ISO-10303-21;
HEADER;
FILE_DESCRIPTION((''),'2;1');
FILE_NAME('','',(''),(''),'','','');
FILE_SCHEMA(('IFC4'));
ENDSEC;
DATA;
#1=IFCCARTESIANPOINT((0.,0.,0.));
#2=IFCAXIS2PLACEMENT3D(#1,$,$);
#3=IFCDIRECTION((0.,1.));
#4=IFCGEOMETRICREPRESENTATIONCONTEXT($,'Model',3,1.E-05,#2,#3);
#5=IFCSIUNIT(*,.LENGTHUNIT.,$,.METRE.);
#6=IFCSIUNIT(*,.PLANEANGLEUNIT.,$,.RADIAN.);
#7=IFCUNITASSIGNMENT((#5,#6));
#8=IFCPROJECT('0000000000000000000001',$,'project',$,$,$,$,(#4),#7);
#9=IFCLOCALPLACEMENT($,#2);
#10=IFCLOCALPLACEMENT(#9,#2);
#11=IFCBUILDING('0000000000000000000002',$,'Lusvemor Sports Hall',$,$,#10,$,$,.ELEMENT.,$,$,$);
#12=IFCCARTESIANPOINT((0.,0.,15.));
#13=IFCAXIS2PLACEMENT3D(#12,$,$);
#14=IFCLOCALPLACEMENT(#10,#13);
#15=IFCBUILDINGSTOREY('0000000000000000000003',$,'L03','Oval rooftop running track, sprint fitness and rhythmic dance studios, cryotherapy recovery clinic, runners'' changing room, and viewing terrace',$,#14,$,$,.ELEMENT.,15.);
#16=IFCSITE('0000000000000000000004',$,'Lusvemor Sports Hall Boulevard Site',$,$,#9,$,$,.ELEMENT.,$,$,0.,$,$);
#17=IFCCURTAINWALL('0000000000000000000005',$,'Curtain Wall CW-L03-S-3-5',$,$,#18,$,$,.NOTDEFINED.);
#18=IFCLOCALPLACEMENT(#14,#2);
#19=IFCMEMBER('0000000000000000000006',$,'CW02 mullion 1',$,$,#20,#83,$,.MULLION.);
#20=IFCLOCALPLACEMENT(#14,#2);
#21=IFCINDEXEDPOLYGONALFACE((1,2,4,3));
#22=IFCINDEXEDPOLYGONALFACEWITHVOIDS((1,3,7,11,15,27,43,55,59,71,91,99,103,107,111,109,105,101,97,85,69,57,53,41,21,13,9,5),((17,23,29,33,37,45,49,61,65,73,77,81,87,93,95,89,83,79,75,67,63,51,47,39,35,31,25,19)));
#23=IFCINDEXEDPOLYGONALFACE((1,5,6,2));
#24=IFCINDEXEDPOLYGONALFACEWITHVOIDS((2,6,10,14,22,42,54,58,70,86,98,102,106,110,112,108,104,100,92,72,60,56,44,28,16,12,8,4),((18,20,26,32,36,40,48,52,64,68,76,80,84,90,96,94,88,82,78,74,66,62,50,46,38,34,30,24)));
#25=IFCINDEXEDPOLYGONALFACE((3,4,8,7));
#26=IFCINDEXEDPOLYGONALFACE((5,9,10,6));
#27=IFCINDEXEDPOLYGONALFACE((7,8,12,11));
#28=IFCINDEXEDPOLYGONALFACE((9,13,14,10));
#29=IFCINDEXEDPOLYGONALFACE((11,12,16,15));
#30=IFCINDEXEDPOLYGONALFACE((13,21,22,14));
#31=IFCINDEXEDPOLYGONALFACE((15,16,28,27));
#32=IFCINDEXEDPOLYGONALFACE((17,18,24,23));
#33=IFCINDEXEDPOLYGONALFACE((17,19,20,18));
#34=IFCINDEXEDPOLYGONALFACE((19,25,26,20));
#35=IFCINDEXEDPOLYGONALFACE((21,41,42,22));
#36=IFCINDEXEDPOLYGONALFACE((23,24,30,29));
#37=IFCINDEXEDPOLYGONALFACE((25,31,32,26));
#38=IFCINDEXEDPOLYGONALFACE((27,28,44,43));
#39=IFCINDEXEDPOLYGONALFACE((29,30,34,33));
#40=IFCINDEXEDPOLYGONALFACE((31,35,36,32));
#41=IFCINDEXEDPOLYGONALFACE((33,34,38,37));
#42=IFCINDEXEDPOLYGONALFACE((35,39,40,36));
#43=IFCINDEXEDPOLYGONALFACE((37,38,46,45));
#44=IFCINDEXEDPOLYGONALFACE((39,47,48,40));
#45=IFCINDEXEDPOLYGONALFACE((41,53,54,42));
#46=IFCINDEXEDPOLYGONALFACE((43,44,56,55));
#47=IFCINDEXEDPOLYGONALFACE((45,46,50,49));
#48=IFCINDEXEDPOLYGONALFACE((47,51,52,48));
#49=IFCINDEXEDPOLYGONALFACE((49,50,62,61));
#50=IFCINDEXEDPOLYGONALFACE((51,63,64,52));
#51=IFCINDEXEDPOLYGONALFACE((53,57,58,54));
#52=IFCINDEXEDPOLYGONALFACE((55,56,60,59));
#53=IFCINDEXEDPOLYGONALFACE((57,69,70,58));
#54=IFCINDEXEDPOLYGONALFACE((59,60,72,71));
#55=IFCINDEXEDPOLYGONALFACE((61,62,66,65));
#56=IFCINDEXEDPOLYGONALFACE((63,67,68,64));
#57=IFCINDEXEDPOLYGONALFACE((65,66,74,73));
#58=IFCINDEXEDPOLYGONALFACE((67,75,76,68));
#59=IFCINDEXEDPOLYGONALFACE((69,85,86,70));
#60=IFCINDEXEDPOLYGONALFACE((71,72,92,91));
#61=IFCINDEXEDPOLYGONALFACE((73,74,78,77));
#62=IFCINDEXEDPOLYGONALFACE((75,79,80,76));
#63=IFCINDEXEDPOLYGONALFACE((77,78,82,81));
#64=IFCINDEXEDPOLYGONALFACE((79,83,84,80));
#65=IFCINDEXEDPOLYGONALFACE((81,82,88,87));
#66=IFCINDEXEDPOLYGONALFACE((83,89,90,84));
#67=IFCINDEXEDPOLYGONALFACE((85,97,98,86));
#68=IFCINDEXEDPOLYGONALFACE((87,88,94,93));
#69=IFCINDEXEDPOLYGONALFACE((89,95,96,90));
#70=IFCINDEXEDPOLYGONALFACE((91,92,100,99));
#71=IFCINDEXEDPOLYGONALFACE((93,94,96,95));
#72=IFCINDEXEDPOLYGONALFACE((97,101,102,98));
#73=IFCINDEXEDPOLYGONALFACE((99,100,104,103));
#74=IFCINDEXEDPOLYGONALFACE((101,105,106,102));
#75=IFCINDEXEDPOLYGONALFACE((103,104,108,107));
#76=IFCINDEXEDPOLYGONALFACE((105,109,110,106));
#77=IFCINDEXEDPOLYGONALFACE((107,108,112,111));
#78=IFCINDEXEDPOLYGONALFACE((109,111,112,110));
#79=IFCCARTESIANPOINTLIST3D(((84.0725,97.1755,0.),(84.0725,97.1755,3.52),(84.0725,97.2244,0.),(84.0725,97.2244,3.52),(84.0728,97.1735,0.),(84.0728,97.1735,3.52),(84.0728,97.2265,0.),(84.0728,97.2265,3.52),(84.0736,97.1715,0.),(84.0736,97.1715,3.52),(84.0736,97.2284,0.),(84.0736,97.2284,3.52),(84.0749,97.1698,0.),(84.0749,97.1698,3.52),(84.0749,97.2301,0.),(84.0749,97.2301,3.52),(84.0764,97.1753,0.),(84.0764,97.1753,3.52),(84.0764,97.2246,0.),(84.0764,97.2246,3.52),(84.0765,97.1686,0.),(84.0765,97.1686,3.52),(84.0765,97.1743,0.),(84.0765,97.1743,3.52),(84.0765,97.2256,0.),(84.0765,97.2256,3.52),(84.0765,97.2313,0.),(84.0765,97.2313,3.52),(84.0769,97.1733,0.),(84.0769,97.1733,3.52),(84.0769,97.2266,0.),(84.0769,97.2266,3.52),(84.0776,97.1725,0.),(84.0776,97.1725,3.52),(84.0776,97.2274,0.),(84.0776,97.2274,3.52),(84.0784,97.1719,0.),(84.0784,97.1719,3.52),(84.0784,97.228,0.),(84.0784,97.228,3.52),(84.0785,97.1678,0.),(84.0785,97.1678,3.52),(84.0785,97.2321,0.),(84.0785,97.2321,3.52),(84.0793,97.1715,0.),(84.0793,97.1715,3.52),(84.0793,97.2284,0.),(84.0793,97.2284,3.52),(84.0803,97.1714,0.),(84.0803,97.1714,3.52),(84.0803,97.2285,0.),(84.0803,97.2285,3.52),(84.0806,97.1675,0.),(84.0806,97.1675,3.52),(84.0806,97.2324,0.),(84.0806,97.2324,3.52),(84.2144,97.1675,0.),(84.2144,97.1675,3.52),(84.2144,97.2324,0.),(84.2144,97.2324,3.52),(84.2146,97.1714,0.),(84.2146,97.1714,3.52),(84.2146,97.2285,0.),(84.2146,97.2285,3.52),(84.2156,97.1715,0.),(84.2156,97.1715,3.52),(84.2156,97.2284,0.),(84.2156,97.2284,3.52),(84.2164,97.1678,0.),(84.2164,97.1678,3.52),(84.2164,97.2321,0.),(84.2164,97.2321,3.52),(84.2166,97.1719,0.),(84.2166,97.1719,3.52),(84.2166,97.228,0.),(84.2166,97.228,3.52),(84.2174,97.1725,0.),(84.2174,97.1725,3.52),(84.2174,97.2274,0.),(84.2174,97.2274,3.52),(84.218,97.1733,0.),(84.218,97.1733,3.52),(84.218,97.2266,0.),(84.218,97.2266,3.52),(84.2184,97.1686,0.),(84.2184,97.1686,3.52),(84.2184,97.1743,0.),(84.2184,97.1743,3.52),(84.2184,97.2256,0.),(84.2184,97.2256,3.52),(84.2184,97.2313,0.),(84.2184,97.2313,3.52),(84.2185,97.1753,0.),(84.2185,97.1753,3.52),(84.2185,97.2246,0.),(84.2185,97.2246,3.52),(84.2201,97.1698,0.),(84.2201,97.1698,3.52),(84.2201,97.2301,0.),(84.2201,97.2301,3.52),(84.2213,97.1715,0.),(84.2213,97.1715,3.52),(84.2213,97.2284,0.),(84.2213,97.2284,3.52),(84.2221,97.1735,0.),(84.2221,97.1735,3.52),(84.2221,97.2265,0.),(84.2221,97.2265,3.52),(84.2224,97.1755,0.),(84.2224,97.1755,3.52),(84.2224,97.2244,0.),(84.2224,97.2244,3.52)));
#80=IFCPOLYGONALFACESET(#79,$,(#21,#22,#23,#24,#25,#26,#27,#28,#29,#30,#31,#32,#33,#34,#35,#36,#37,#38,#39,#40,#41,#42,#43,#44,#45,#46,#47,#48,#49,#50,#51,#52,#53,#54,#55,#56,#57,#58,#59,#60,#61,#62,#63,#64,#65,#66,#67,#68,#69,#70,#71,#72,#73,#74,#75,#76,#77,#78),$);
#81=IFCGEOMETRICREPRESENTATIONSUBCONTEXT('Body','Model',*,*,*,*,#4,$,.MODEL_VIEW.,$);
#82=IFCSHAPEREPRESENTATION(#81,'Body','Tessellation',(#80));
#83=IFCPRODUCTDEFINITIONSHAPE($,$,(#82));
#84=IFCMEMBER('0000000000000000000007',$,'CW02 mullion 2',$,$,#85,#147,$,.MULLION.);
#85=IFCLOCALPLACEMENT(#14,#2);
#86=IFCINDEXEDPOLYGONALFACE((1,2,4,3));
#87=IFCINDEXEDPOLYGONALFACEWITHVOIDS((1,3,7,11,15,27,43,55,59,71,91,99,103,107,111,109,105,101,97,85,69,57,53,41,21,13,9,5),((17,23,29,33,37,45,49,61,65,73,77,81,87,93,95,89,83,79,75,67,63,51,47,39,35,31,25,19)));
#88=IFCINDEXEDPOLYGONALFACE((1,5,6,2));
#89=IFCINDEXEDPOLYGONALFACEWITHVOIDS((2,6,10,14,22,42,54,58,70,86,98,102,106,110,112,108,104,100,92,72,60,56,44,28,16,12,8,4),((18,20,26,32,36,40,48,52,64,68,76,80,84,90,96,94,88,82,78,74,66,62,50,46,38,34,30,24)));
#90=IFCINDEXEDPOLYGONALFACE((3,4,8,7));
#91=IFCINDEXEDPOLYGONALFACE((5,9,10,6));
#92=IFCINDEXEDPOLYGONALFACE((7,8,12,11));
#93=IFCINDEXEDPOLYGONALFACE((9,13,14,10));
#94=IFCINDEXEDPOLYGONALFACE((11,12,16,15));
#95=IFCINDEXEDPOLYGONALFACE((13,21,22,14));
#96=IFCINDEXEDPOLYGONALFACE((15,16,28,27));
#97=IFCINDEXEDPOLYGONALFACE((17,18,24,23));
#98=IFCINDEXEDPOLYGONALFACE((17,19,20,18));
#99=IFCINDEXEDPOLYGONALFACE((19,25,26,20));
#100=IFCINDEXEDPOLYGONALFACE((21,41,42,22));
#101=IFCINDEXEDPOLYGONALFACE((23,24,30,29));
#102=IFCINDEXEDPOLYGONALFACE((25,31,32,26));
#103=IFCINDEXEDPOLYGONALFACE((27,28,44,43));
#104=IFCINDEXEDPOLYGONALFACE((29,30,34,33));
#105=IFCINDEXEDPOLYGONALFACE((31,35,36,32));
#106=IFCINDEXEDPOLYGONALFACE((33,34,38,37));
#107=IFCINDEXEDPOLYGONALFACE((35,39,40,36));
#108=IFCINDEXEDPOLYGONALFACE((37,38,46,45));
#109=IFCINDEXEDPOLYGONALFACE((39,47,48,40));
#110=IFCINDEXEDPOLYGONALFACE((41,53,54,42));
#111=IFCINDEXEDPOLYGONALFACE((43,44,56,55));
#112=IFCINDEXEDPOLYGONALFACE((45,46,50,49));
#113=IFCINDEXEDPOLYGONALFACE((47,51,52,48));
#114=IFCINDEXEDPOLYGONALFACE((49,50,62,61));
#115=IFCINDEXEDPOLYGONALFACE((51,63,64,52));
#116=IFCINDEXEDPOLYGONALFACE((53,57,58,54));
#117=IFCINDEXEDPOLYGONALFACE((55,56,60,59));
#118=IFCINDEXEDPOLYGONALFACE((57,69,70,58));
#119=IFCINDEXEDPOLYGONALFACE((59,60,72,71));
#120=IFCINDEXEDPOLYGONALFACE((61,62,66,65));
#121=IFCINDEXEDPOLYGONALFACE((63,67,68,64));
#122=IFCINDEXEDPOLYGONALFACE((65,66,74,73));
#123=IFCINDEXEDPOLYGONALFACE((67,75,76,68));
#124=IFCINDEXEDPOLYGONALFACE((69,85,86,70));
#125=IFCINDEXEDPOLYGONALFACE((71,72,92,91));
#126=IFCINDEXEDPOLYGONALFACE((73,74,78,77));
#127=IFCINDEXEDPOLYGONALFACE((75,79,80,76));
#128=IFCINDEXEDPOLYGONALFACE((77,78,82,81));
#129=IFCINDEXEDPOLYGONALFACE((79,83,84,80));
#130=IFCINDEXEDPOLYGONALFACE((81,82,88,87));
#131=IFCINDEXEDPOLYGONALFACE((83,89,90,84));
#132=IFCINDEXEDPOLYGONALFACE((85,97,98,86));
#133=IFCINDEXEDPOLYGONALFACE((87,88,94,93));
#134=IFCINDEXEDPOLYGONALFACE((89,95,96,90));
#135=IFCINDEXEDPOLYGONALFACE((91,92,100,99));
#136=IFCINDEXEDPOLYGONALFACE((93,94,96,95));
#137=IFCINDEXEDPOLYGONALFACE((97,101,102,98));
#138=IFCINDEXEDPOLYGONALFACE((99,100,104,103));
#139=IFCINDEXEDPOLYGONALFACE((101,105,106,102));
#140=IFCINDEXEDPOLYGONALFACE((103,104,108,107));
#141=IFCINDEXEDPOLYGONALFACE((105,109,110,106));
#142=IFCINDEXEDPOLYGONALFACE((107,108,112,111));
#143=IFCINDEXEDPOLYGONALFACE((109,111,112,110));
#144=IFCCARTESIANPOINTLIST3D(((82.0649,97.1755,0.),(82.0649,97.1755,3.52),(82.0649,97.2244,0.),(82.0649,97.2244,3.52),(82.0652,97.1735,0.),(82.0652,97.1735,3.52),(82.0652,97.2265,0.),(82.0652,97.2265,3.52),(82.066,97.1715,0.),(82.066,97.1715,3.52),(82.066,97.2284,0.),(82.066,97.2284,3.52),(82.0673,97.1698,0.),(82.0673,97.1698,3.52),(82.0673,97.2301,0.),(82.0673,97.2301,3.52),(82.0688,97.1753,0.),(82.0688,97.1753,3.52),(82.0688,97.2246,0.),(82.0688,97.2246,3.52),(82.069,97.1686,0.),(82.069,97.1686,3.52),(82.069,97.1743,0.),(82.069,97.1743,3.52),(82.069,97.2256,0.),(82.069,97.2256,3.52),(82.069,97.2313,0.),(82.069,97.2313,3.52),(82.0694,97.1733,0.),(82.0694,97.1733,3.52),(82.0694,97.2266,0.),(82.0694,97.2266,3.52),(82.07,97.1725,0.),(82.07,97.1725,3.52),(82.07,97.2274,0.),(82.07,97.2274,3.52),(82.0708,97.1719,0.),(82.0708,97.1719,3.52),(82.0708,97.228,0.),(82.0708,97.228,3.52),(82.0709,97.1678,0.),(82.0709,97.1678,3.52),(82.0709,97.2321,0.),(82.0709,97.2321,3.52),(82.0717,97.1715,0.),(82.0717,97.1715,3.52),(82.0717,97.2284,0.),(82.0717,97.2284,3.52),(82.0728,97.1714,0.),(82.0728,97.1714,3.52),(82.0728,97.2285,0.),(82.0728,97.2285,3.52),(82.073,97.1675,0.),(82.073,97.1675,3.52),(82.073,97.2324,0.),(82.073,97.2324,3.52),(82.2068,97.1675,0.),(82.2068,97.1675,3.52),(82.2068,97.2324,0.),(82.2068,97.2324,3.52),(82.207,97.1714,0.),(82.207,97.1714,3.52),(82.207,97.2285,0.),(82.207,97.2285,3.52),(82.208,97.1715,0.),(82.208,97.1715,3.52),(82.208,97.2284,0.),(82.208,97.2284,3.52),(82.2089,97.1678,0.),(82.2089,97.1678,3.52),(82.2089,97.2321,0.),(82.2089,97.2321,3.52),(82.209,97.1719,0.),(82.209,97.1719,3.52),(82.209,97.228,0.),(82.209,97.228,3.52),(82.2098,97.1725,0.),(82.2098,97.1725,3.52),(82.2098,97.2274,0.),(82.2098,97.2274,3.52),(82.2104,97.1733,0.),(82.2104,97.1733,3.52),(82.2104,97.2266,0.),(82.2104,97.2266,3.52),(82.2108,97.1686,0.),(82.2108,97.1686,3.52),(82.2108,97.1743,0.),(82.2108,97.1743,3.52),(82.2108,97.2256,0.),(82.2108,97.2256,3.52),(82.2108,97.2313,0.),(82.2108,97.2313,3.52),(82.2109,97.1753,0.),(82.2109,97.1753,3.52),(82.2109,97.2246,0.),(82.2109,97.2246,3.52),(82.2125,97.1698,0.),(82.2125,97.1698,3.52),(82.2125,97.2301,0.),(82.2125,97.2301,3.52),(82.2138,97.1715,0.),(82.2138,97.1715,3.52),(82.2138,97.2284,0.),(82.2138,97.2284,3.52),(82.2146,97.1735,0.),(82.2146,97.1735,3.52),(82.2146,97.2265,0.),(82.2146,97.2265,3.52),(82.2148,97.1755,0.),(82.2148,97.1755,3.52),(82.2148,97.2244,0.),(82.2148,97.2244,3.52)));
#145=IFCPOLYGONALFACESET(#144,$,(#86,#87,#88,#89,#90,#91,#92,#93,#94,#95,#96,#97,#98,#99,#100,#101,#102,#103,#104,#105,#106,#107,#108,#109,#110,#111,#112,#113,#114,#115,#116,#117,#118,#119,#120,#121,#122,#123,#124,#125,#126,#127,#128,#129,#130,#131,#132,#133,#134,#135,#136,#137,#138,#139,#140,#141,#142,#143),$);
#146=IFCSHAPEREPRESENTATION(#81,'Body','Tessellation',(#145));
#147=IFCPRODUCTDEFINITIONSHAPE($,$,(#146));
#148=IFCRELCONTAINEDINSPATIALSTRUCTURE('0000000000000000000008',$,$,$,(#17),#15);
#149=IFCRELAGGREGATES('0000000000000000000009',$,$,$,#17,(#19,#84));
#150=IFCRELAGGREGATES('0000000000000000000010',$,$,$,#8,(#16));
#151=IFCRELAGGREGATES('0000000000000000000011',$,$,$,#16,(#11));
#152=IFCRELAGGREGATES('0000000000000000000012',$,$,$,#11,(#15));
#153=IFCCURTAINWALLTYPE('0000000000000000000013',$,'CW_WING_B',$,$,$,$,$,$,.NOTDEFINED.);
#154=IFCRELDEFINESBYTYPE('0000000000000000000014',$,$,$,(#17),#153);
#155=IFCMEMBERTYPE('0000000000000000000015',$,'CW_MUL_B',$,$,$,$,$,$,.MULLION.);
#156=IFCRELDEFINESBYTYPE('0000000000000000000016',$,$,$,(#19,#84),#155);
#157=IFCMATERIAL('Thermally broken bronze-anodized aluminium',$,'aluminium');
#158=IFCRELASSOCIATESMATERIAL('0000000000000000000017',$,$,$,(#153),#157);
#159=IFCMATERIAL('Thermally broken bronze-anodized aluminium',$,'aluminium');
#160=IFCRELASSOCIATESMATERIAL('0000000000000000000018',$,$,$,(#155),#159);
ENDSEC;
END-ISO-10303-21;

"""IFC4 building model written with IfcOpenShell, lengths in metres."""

from ifc_helpers import new_model, si_unit, direction, frame, origin, origin_2d, place, context, subcontext, project, spatial, hollow_rectangle, extrude, material, material_profile, profile_set, type_object, element, aggregate, save


model = new_model("IFC4")

# Units and contexts
model_context = context("Model", 3, precision=1e-05, world=origin(), true_north=direction((0.0, 1.0)))
body_context = subcontext(model_context, "Body", "Model", "MODEL_VIEW")
ifc_project = project(units=[si_unit("LENGTHUNIT", "METRE"), si_unit("PLANEANGLEUNIT", "RADIAN")], contexts=[model_context])

# Site, building, storey
site_placement = place(None, origin())
site = spatial("IfcSite", under=ifc_project, at=site_placement, Name="Lusvemor Sports Hall Boulevard Site", CompositionType="ELEMENT", RefElevation=0.0)
building_placement = place(site_placement, origin())
building = spatial("IfcBuilding", under=site, at=building_placement, Name="Lusvemor Sports Hall", CompositionType="ELEMENT")
storey_placement = place(building_placement, frame((0.0, 0.0, 15.0)))
storey = spatial("IfcBuildingStorey", under=building, at=storey_placement, Name="L03", Description="Oval rooftop running track, sprint fitness and rhythmic dance studios, cryotherapy recovery clinic, runners' changing room, and viewing terrace", CompositionType="ELEMENT", Elevation=15.0)

# Shared definitions
ifc_material_1 = material(Name="Thermally broken bronze-anodized aluminium", Category="aluminium")
curtain_wall_type = type_object("IfcCurtainWallType", Name="CW_WING_B", PredefinedType="NOTDEFINED", material=ifc_material_1)
ifc_material_2 = material(Name="Thermally broken bronze-anodized aluminium", Category="aluminium")
ifc_material_profile_1 = material_profile(ifc_material_2, hollow_rectangle(XDim=0.0649, YDim=0.1499, WallThickness=0.0039, InnerFilletRadius=0.0039, OuterFilletRadius=0.0081, at=origin_2d()), Name="CWMUL150x65x4")
ifc_profile_set_1 = profile_set([ifc_material_profile_1], Name="Thermally broken bronze-anodized aluminium")
member_type_1 = type_object("IfcMemberType", Name="CW_MUL_B", PredefinedType="MULLION", material=ifc_profile_set_1)

# Curtain wall, members
curtain_wall_1_placement = place(storey_placement, origin())
curtain_wall_1 = element("IfcCurtainWall", 1, at=curtain_wall_1_placement, inside=storey, type_object=curtain_wall_type, Name="Curtain Wall CW-L03-S-3-5", PredefinedType="NOTDEFINED")
member_1_placement = place(storey_placement, frame((84.1475, 97.2, 0.0), z_axis=(0.0, 0.0, 1.0), x_axis=(0.0, -1.0, 0.0)))
member_1 = element("IfcMember", 2, at=member_1_placement, type_object=member_type_1, Name="CW02 mullion 1", PredefinedType="MULLION", context=body_context, shape_type="SweptSolid", body=[
    extrude(hollow_rectangle(XDim=0.0649, YDim=0.1499, WallThickness=0.0039, InnerFilletRadius=0.0039, OuterFilletRadius=0.0081, at=origin_2d()), origin(), (0.0, 0.0, 1.0), 3.52),
])
member_2_placement = place(storey_placement, frame((82.1399, 97.2, 0.0), z_axis=(0.0, 0.0, 1.0), x_axis=(0.0, -1.0, 0.0)))
member_2 = element("IfcMember", 3, at=member_2_placement, type_object=member_type_1, Name="CW02 mullion 2", PredefinedType="MULLION", context=body_context, shape_type="SweptSolid", body=[
    extrude(hollow_rectangle(XDim=0.0649, YDim=0.1499, WallThickness=0.0039, InnerFilletRadius=0.0039, OuterFilletRadius=0.0081, at=origin_2d()), origin(), (0.0, 0.0, 1.0), 3.52),
])

aggregate(curtain_wall_1, [member_1, member_2])

save(model, "model.ifc")
